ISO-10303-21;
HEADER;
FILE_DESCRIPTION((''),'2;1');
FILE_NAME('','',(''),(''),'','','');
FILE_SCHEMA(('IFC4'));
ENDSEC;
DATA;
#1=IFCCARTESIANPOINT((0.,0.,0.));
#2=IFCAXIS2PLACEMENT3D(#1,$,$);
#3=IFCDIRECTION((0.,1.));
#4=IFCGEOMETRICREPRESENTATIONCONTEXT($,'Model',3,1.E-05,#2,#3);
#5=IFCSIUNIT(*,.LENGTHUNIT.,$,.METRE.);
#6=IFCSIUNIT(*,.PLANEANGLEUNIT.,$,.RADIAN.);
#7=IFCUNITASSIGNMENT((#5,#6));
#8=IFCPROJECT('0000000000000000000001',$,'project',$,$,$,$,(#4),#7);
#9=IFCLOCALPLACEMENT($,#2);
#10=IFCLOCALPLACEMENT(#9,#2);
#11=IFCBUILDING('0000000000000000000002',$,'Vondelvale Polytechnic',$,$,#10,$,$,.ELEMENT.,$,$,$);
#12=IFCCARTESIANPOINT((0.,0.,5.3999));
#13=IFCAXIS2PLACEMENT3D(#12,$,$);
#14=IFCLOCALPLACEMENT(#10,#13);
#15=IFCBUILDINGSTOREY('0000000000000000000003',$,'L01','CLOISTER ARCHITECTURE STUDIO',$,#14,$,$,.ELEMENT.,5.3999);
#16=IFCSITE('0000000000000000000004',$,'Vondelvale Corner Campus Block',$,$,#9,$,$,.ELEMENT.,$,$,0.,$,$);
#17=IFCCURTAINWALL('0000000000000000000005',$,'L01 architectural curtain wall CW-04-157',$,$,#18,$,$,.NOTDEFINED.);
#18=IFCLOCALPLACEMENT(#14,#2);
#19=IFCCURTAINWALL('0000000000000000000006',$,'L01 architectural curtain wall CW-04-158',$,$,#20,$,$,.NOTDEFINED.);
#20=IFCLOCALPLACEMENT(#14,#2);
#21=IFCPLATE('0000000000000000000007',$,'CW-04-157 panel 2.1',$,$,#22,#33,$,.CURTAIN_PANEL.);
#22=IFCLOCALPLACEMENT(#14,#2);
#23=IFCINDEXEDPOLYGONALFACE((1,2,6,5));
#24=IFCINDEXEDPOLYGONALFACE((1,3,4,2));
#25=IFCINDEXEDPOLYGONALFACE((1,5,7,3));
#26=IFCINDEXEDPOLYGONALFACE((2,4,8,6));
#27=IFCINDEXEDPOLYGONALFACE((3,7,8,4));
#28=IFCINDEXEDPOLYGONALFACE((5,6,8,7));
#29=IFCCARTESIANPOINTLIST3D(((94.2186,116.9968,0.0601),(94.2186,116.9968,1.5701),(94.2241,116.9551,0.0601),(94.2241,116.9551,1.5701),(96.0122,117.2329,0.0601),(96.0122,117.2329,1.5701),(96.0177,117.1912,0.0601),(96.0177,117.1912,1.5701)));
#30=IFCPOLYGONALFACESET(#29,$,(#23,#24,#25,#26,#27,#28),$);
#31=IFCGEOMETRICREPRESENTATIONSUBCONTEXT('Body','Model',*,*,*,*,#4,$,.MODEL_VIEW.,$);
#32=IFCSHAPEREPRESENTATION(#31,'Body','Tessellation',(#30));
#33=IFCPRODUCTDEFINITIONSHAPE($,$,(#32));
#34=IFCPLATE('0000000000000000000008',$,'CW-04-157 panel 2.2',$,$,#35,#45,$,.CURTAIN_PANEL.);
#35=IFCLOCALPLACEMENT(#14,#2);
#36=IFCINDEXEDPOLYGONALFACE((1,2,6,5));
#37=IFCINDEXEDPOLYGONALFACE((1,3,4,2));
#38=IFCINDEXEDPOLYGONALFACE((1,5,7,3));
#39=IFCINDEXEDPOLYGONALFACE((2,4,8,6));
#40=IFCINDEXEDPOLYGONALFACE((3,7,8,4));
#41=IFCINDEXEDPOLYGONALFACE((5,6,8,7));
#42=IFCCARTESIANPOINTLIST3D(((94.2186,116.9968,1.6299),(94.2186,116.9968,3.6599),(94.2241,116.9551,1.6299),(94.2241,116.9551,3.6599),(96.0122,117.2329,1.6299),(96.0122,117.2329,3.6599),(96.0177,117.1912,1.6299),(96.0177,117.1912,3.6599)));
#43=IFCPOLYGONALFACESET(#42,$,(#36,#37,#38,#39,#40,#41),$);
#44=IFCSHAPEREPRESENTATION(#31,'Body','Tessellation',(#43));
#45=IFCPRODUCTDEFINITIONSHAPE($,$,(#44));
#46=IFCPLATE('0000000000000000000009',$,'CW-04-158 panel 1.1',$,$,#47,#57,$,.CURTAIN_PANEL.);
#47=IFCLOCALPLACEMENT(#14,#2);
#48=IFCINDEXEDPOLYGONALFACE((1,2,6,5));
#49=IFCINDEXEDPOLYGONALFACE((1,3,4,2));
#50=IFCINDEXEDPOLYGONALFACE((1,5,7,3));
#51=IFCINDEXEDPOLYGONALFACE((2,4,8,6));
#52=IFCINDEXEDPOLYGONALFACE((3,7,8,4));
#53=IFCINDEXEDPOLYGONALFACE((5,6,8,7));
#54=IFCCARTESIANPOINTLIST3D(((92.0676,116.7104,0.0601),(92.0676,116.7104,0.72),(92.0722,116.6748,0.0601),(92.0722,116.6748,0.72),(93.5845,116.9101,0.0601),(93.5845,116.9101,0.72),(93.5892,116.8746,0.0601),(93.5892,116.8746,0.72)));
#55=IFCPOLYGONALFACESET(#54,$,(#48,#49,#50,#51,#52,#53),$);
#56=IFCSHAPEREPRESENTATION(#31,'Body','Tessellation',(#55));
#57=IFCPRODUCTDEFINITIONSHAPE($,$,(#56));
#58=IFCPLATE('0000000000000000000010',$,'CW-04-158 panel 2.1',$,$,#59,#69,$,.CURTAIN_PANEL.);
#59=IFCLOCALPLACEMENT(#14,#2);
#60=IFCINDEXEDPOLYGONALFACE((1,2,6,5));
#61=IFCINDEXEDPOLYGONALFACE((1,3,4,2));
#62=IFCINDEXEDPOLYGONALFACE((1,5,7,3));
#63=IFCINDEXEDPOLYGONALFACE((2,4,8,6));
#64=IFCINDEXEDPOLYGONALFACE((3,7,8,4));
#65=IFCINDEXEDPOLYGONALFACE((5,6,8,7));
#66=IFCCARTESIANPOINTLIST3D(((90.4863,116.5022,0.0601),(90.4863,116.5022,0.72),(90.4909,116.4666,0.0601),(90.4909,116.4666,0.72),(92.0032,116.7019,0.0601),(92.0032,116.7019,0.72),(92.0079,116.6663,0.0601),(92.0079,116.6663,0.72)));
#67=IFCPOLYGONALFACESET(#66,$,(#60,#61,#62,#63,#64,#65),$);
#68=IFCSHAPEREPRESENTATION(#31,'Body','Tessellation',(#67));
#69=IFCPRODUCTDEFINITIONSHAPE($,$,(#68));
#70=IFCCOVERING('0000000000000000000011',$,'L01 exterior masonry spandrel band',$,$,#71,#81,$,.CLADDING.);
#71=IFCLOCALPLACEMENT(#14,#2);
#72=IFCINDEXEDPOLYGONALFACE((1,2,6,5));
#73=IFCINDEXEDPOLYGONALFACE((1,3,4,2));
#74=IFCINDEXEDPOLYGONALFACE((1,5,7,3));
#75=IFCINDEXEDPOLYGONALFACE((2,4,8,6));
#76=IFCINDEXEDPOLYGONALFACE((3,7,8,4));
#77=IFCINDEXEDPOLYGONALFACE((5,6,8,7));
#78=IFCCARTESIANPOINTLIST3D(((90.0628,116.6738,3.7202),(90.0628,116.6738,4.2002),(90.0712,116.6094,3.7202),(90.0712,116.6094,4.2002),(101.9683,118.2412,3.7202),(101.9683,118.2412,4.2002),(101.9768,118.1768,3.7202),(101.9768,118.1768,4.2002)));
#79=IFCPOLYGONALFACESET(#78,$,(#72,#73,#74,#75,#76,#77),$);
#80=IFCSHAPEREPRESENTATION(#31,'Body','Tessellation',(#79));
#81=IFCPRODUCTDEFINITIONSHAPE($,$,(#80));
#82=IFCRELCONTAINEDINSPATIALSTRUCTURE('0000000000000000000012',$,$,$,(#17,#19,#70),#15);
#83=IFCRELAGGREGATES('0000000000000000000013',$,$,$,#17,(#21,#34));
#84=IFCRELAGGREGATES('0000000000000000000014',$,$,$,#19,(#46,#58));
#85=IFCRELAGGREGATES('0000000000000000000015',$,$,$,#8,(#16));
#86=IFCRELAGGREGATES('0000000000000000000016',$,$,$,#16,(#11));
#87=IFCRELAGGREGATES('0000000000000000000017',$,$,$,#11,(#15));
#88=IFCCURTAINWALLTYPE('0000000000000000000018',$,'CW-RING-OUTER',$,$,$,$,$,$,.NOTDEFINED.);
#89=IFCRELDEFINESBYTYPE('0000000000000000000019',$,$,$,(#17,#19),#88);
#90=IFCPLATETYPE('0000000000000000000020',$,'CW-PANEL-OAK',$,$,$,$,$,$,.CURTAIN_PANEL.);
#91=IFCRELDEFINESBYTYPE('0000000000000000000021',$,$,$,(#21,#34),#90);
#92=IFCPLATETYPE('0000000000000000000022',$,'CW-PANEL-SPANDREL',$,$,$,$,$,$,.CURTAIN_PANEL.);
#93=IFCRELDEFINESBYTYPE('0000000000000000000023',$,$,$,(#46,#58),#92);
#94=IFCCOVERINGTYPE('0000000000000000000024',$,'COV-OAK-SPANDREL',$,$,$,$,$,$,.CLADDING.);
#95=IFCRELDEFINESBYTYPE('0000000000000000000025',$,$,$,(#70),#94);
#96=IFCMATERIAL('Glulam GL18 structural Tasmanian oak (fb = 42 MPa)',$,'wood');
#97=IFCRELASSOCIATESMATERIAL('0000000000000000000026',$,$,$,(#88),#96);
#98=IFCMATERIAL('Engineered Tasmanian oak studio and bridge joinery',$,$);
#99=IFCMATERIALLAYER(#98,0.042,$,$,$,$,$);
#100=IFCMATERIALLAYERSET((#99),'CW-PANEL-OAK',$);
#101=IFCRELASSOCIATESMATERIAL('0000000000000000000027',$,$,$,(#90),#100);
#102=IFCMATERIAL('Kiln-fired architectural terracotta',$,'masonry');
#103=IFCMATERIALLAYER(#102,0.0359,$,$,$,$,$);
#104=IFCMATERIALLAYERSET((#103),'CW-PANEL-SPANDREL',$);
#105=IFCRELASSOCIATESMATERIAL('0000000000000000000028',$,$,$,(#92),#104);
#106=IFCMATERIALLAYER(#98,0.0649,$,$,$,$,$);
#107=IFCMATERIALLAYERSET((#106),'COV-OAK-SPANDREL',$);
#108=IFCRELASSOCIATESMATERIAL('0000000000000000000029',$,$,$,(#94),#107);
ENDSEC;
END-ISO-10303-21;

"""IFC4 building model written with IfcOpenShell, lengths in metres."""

from ifc_helpers import new_model, si_unit, direction, frame, origin, origin_2d, place, context, subcontext, project, spatial, rectangle, extrude, material, layer, layer_set, type_object, element, aggregate, save


model = new_model("IFC4")

# Units and contexts
model_context = context("Model", 3, precision=1e-05, world=origin(), true_north=direction((0.0, 1.0)))
body_context = subcontext(model_context, "Body", "Model", "MODEL_VIEW")
ifc_project = project(units=[si_unit("LENGTHUNIT", "METRE"), si_unit("PLANEANGLEUNIT", "RADIAN")], contexts=[model_context])

# Site, building, storey
site_placement = place(None, origin())
site = spatial("IfcSite", under=ifc_project, at=site_placement, Name="Vondelvale Corner Campus Block", CompositionType="ELEMENT", RefElevation=0.0)
building_placement = place(site_placement, origin())
building = spatial("IfcBuilding", under=site, at=building_placement, Name="Vondelvale Polytechnic", CompositionType="ELEMENT")
storey_placement = place(building_placement, frame((0.0, 0.0, 5.3999)))
storey = spatial("IfcBuildingStorey", under=building, at=storey_placement, Name="L01", Description="CLOISTER ARCHITECTURE STUDIO", CompositionType="ELEMENT", Elevation=5.3999)

# Shared definitions
ifc_material_1 = material(Name="Glulam GL18 structural Tasmanian oak (fb = 42 MPa)", Category="wood")

# Curtain walls
curtain_wall_type = type_object("IfcCurtainWallType", Name="CW-RING-OUTER", PredefinedType="NOTDEFINED", material=ifc_material_1)
curtain_wall_1_placement = place(storey_placement, origin())
curtain_wall_1 = element("IfcCurtainWall", 1, at=curtain_wall_1_placement, inside=storey, type_object=curtain_wall_type, Name="L01 architectural curtain wall CW-04-157", PredefinedType="NOTDEFINED")
curtain_wall_2_placement = place(storey_placement, origin())
curtain_wall_2 = element("IfcCurtainWall", 2, at=curtain_wall_2_placement, inside=storey, type_object=curtain_wall_type, Name="L01 architectural curtain wall CW-04-158", PredefinedType="NOTDEFINED")

# Plates
ifc_material_2 = material(Name="Engineered Tasmanian oak studio and bridge joinery")
ifc_layer_1 = layer(ifc_material_2, 0.042)
ifc_layer_set_1 = layer_set([ifc_layer_1], Name="CW-PANEL-OAK")
plate_type_1 = type_object("IfcPlateType", Name="CW-PANEL-OAK", PredefinedType="CURTAIN_PANEL", material=ifc_layer_set_1)
plate_1_placement = place(storey_placement, frame((95.1182, 117.094, 0.0601), z_axis=(0.0, 0.0, 1.0), x_axis=(-0.991449, -0.130497, 0.0)))
plate_1 = element("IfcPlate", 3, at=plate_1_placement, type_object=plate_type_1, Name="CW-04-157 panel 2.1", PredefinedType="CURTAIN_PANEL", context=body_context, shape_type="SweptSolid", body=[
    extrude(rectangle(XDim=1.8091, YDim=0.042, at=origin_2d()), origin(), (0.0, 0.0, 1.0), 1.51),
])
plate_2_placement = place(storey_placement, frame((95.1182, 117.094, 1.6299), z_axis=(0.0, 0.0, 1.0), x_axis=(-0.991449, -0.130497, 0.0)))
plate_2 = element("IfcPlate", 4, at=plate_2_placement, type_object=plate_type_1, Name="CW-04-157 panel 2.2", PredefinedType="CURTAIN_PANEL", context=body_context, shape_type="SweptSolid", body=[
    extrude(rectangle(XDim=1.8091, YDim=0.042, at=origin_2d()), origin(), (0.0, 0.0, 1.0), 2.03),
])
aggregate(curtain_wall_1, [plate_1, plate_2])
ifc_material_3 = material(Name="Kiln-fired architectural terracotta", Category="masonry")
ifc_layer_2 = layer(ifc_material_3, 0.0359)
ifc_layer_set_2 = layer_set([ifc_layer_2], Name="CW-PANEL-SPANDREL")
plate_type_2 = type_object("IfcPlateType", Name="CW-PANEL-SPANDREL", PredefinedType="CURTAIN_PANEL", material=ifc_layer_set_2)
plate_3_placement = place(storey_placement, frame((92.8284, 116.7925, 0.0601), z_axis=(0.0, 0.0, 1.0), x_axis=(-0.991443, -0.13054, 0.0)))
plate_3 = element("IfcPlate", 5, at=plate_3_placement, type_object=plate_type_2, Name="CW-04-158 panel 1.1", PredefinedType="CURTAIN_PANEL", context=body_context, shape_type="SweptSolid", body=[
    extrude(rectangle(XDim=1.53, YDim=0.0359, at=origin_2d()), origin(), (0.0, 0.0, 1.0), 0.6599),
])
plate_4_placement = place(storey_placement, frame((91.2471, 116.5842, 0.0601), z_axis=(0.0, 0.0, 1.0), x_axis=(-0.991443, -0.13054, 0.0)))
plate_4 = element("IfcPlate", 6, at=plate_4_placement, type_object=plate_type_2, Name="CW-04-158 panel 2.1", PredefinedType="CURTAIN_PANEL", context=body_context, shape_type="SweptSolid", body=[
    extrude(rectangle(XDim=1.53, YDim=0.0359, at=origin_2d()), origin(), (0.0, 0.0, 1.0), 0.6599),
])
aggregate(curtain_wall_2, [plate_3, plate_4])

# Covering
ifc_layer_3 = layer(ifc_material_2, 0.0649)
ifc_layer_set_3 = layer_set([ifc_layer_3], Name="COV-OAK-SPANDREL")
covering_type = type_object("IfcCoveringType", Name="COV-OAK-SPANDREL", PredefinedType="CLADDING", material=ifc_layer_set_3)
covering_placement = place(storey_placement, frame((96.0198, 117.4253, 3.7202), z_axis=(0.0, 0.0, 1.0), x_axis=(-0.991445, -0.130526, 0.0)))
element("IfcCovering", 7, at=covering_placement, inside=storey, type_object=covering_type, Name="L01 exterior masonry spandrel band", PredefinedType="CLADDING", context=body_context, shape_type="SweptSolid", body=[
    extrude(rectangle(XDim=12.0083, YDim=0.0649, at=origin_2d()), origin(), (0.0, 0.0, 1.0), 0.48),
])

save(model, "model.ifc")
